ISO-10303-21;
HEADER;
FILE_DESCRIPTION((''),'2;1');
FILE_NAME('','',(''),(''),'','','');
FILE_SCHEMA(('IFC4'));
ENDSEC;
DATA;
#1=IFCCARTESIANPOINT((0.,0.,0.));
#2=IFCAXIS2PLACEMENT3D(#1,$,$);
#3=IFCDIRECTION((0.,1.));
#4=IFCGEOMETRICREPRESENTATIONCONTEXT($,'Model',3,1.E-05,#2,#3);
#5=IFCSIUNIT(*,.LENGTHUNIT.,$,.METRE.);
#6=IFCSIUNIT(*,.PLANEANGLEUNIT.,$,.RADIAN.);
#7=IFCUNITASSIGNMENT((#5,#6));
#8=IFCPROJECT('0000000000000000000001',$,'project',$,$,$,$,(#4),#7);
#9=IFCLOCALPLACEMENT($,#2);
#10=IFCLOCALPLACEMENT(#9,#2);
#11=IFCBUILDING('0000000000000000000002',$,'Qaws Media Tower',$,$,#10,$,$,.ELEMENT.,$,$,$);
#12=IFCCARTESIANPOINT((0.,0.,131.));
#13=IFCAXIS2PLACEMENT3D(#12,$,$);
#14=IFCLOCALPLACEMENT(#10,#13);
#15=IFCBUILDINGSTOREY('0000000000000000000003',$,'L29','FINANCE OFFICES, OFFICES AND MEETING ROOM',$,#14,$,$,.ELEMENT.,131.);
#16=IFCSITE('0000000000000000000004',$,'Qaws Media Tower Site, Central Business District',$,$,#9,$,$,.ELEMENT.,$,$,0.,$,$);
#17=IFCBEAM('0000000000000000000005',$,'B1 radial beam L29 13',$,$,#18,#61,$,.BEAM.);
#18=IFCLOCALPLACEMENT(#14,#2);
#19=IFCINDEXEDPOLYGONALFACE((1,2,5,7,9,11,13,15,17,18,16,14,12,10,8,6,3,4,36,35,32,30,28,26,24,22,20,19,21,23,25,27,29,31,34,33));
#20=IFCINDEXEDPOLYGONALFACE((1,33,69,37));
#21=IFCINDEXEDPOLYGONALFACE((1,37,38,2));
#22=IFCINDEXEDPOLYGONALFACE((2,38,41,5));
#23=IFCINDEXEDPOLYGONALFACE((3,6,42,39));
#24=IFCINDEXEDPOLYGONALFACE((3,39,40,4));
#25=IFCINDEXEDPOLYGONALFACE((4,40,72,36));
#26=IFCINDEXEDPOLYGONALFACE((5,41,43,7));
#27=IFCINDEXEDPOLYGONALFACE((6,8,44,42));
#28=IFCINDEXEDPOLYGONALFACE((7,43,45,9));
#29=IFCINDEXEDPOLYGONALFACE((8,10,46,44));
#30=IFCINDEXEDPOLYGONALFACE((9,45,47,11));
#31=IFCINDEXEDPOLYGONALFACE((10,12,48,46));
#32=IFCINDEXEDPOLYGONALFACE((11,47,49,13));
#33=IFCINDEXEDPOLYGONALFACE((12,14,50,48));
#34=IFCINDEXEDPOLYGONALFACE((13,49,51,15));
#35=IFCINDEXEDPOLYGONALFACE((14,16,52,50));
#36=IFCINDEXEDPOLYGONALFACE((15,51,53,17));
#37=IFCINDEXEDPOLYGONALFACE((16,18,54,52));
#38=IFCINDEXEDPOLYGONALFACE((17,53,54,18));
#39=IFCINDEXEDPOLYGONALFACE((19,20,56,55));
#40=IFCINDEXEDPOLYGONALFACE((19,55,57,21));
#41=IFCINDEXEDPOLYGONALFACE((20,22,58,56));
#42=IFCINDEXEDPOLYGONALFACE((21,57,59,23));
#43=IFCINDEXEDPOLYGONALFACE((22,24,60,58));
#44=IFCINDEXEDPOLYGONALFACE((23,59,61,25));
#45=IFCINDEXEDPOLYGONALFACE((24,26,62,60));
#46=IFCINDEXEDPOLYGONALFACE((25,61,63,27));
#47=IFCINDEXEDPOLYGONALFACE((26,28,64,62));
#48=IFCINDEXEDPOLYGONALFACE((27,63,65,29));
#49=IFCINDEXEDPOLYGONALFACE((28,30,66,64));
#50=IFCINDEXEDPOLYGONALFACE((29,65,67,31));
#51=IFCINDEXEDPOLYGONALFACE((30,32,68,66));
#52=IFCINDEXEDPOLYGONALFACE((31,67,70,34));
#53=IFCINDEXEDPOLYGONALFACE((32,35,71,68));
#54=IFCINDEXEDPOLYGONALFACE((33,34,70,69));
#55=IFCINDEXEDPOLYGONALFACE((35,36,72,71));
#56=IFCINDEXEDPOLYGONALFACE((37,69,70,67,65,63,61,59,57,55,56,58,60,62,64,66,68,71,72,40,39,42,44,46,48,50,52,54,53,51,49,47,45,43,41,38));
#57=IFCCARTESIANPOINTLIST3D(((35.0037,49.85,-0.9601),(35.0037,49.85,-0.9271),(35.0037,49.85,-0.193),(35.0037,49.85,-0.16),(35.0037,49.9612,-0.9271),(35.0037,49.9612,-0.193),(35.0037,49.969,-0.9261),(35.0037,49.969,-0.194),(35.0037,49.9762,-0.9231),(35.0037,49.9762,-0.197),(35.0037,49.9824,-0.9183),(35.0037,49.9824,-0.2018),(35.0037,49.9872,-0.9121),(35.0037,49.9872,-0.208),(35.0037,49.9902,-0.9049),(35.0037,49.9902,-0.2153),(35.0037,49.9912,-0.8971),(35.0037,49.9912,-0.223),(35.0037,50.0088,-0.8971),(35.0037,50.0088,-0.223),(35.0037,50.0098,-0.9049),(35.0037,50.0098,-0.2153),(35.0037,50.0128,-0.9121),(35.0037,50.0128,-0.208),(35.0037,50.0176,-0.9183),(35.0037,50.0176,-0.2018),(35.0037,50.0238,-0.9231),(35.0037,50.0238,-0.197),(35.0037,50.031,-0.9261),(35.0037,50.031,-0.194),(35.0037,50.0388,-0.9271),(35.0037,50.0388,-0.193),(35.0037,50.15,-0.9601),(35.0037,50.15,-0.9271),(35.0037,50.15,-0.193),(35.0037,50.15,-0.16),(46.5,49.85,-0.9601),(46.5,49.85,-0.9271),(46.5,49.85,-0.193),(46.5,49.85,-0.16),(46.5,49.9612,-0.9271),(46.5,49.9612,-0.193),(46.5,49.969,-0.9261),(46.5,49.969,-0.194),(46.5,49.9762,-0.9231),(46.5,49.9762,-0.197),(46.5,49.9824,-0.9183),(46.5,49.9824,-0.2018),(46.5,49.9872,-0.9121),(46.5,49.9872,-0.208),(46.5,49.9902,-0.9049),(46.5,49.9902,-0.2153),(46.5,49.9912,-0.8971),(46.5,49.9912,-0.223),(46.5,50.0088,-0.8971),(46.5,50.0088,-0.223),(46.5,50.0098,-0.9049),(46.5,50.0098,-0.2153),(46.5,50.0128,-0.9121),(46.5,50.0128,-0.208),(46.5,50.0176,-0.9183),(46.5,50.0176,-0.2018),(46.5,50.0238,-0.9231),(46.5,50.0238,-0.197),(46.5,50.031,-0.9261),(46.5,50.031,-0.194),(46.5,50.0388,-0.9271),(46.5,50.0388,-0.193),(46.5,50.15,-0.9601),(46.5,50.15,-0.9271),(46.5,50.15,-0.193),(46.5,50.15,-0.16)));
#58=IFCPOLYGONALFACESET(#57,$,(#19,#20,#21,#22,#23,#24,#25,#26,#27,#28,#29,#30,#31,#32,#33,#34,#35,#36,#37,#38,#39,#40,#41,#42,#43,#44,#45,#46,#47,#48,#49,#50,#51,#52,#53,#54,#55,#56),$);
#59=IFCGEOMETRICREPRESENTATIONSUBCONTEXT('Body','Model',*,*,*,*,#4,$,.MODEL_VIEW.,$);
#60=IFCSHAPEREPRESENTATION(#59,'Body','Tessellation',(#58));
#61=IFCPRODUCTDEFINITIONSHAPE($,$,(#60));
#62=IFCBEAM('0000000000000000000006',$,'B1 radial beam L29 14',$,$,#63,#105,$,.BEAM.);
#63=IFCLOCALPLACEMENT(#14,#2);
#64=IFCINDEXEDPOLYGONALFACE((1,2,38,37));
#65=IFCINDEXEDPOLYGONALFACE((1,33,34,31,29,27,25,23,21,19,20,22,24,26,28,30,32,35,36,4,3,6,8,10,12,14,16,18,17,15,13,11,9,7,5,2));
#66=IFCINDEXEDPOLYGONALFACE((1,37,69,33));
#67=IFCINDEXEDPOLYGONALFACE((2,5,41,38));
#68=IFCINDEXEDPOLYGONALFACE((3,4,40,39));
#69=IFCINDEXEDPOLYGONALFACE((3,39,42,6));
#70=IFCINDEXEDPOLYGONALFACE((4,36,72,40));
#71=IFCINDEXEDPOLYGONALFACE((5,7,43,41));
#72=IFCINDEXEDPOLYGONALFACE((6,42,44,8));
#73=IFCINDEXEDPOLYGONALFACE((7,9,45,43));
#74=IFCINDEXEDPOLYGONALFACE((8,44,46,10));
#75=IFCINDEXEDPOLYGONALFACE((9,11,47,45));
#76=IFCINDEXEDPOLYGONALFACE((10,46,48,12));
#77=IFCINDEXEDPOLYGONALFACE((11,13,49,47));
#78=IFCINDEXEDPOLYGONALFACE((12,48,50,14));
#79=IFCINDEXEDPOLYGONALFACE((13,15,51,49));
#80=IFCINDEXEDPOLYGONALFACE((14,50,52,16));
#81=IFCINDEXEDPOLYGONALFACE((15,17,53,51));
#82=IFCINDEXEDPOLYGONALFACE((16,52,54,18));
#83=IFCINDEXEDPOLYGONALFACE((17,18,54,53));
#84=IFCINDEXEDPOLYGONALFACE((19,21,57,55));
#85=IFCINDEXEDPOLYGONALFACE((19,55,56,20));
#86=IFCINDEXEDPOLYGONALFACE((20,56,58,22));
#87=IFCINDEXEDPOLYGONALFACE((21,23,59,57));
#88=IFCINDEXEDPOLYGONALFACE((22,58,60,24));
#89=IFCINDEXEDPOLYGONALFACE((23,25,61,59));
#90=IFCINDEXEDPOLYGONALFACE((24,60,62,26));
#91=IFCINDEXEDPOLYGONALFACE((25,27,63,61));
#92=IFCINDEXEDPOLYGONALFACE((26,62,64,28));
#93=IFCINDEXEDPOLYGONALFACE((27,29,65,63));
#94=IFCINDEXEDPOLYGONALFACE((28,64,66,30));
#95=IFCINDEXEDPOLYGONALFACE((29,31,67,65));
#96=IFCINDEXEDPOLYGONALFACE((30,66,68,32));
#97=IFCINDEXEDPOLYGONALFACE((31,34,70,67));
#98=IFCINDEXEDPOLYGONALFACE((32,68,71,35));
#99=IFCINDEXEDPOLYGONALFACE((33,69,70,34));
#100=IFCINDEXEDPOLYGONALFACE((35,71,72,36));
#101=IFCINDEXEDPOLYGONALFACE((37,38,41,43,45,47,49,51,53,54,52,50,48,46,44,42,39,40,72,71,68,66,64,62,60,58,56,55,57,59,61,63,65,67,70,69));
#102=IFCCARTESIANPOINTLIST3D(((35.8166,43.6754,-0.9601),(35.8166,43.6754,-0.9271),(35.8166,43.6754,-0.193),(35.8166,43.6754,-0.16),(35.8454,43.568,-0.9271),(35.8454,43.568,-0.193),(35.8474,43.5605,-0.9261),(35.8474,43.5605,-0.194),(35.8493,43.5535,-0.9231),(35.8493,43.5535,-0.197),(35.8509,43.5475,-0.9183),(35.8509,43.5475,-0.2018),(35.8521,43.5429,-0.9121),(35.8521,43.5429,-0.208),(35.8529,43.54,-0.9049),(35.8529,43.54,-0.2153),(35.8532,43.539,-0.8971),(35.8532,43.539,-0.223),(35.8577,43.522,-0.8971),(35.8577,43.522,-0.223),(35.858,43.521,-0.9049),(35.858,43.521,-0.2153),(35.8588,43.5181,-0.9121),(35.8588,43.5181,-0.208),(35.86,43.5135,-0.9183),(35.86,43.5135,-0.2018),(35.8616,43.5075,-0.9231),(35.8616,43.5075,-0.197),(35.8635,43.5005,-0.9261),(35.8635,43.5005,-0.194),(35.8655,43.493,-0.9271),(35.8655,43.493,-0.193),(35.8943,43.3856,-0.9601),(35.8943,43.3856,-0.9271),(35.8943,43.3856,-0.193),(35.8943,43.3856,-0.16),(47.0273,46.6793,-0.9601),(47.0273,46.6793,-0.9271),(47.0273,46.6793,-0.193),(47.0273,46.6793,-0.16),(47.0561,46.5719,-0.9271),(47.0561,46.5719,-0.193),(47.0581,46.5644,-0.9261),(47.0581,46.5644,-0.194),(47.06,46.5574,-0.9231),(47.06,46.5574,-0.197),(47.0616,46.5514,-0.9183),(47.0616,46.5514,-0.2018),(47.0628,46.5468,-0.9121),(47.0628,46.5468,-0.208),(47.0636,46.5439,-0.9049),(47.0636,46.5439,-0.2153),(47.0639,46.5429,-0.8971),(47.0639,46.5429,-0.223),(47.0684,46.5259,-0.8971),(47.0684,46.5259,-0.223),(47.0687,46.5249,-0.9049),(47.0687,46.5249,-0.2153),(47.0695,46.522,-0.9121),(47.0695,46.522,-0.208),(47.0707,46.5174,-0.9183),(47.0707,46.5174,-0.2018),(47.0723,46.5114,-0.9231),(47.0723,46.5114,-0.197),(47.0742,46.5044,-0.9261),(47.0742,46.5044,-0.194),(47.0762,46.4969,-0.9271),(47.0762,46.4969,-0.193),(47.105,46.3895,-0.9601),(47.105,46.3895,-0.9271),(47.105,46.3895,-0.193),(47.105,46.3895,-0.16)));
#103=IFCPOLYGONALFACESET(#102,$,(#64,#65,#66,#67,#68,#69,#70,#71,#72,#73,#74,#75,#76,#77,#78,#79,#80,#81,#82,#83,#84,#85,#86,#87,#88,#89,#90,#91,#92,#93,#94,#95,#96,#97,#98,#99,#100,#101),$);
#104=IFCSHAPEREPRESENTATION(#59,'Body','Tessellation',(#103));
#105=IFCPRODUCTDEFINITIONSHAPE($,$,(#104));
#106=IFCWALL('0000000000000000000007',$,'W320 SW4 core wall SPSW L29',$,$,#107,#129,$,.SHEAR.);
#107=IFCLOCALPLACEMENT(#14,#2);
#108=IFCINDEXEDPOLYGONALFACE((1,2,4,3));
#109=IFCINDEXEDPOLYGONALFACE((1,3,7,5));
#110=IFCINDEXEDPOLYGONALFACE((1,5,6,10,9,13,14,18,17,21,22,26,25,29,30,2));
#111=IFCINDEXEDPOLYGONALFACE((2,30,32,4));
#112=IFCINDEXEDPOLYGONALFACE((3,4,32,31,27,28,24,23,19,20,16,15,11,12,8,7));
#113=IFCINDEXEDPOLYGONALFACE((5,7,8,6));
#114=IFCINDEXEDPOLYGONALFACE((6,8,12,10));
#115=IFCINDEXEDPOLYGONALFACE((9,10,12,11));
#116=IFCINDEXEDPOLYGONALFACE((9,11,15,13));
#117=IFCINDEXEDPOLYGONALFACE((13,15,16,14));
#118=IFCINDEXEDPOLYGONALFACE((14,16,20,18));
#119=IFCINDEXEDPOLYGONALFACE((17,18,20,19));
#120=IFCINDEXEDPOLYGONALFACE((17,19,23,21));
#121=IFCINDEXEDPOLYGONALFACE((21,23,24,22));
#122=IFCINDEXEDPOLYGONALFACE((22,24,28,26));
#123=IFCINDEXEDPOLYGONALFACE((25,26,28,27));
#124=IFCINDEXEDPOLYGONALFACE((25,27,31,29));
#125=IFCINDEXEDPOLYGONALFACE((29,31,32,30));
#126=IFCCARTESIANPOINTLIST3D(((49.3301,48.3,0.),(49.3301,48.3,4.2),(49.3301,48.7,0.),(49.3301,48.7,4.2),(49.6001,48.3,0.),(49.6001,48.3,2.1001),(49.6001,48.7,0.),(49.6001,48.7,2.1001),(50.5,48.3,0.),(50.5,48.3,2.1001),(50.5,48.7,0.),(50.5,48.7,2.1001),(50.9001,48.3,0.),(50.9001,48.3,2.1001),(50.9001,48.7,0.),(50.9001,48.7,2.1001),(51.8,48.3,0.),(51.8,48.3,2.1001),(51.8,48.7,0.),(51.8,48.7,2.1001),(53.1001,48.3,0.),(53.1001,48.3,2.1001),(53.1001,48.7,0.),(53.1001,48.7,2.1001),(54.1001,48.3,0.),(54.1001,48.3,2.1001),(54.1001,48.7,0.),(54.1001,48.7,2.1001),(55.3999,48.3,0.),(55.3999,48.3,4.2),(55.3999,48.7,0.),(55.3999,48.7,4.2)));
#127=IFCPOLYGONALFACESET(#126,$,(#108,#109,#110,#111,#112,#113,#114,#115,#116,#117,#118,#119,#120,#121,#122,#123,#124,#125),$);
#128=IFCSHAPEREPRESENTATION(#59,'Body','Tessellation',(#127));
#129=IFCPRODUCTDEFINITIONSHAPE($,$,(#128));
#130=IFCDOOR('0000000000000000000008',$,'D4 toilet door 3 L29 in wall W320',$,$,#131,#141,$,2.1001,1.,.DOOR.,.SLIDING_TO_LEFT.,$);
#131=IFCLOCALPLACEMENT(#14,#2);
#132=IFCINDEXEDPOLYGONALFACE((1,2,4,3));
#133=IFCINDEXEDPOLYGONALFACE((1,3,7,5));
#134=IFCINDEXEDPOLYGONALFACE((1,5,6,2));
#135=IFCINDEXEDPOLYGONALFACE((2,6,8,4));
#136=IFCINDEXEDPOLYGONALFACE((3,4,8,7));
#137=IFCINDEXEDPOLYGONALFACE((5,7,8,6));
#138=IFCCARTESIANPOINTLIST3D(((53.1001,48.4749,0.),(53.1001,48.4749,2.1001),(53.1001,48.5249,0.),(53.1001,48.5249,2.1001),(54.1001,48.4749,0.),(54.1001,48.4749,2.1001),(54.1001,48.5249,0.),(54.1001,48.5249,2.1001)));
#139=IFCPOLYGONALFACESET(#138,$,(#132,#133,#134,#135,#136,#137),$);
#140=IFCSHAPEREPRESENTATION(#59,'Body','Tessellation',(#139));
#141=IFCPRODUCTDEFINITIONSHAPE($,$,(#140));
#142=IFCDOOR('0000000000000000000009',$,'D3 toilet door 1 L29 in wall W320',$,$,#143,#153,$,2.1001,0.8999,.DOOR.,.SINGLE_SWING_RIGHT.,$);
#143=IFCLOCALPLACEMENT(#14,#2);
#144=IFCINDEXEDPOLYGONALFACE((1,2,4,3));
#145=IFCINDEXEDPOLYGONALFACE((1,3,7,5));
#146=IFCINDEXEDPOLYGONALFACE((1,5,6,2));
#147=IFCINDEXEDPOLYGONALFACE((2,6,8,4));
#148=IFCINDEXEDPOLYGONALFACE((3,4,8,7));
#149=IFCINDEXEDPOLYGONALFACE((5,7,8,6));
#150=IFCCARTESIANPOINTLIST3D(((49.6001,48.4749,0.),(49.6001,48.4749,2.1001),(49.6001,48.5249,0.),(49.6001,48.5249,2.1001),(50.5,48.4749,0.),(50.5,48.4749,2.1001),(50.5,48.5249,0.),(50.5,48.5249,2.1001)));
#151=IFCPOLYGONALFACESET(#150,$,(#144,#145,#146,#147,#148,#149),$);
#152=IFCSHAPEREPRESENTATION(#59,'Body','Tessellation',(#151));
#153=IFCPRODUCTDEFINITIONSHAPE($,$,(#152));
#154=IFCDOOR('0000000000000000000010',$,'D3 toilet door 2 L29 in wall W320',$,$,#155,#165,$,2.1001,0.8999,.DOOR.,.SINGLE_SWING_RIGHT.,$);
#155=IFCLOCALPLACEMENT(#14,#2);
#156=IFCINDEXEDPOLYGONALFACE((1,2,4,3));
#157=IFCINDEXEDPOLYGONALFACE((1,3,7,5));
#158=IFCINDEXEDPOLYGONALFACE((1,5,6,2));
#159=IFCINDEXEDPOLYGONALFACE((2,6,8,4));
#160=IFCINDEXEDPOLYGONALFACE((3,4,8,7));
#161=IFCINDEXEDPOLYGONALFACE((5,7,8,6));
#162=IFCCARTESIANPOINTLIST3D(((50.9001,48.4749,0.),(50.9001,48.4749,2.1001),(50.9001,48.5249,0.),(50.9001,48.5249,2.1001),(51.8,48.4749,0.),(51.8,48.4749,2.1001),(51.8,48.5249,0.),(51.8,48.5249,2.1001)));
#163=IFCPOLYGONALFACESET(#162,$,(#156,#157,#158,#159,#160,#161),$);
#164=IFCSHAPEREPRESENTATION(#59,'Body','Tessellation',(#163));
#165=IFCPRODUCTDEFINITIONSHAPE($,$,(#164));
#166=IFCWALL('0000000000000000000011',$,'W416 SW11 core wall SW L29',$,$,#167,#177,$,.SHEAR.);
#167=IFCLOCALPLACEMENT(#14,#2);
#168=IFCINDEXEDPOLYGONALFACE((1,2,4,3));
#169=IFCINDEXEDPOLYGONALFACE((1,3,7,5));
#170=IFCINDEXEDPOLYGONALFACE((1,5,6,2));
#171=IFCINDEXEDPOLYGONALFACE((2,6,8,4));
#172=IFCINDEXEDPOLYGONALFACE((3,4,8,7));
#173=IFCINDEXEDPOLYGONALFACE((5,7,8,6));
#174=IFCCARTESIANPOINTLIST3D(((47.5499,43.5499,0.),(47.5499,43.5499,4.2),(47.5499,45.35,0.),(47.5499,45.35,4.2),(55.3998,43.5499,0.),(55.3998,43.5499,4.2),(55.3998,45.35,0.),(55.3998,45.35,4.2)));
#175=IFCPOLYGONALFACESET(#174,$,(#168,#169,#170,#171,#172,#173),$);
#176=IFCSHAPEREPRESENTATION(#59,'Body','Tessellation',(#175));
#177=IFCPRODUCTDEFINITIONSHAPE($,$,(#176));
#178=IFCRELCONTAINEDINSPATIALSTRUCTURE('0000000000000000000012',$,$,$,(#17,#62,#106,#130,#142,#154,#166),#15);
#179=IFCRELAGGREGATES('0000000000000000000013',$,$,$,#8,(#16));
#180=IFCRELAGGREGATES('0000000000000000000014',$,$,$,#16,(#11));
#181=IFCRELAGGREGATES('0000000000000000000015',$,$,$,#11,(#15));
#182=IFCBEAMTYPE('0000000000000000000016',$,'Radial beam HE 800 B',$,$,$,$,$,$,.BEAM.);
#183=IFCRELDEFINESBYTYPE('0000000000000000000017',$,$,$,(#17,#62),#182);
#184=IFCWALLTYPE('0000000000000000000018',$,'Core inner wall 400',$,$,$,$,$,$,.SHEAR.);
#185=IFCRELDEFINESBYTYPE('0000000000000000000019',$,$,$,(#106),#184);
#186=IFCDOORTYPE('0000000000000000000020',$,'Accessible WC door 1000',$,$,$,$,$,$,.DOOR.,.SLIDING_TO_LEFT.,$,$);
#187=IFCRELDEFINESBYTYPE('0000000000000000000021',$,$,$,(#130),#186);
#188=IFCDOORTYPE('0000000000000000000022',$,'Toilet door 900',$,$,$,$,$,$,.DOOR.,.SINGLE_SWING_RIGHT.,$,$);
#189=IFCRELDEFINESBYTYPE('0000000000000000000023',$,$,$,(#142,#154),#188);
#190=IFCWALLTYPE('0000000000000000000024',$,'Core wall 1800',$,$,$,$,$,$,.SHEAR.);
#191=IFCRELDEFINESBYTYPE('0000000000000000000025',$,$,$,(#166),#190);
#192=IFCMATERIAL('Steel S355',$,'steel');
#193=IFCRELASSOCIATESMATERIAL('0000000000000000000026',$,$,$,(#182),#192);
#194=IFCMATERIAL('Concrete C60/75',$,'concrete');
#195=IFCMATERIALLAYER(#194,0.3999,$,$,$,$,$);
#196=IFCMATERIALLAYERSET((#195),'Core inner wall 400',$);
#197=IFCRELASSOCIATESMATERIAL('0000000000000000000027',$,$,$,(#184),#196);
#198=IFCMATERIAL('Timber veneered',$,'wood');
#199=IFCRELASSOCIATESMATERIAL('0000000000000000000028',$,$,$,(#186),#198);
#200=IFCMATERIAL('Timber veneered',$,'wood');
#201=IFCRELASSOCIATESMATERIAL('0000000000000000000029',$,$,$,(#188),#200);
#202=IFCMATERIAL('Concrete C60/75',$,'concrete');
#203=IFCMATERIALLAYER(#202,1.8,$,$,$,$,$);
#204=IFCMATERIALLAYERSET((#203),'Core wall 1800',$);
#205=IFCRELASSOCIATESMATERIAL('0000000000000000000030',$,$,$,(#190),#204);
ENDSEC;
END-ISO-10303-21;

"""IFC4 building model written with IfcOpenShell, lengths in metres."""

from ifc_helpers import new_model, si_unit, direction, frame, frame_2d, origin, origin_2d, place, context, subcontext, project, spatial, rectangle, i_section, extrude, material, layer, layer_set, material_profile, profile_set, type_object, element, fill, save


model = new_model("IFC4")

# Units and contexts
model_context = context("Model", 3, precision=1e-05, world=origin(), true_north=direction((0.0, 1.0)))
body_context = subcontext(model_context, "Body", "Model", "MODEL_VIEW")
ifc_project = project(units=[si_unit("LENGTHUNIT", "METRE"), si_unit("PLANEANGLEUNIT", "RADIAN")], contexts=[model_context])

# Site, building, storey
site_placement = place(None, origin())
site = spatial("IfcSite", under=ifc_project, at=site_placement, Name="Qaws Media Tower Site, Central Business District", CompositionType="ELEMENT", RefElevation=0.0)
building_placement = place(site_placement, origin())
building = spatial("IfcBuilding", under=site, at=building_placement, Name="Qaws Media Tower", CompositionType="ELEMENT")
storey_placement = place(building_placement, frame((0.0, 0.0, 131.0)))
storey = spatial("IfcBuildingStorey", under=building, at=storey_placement, Name="L29", Description="FINANCE OFFICES, OFFICES AND MEETING ROOM", CompositionType="ELEMENT", Elevation=131.0)

# Beams
ifc_material_1 = material(Name="Steel S355", Category="steel")
ifc_material_profile_1 = material_profile(ifc_material_1, i_section(OverallWidth=0.3, OverallDepth=0.8, WebThickness=0.0176, FlangeThickness=0.033, FilletRadius=0.03, at=origin_2d()), Name="HE 800 B")
ifc_profile_set_1 = profile_set([ifc_material_profile_1], Name="Steel S355")
beam_type_1 = type_object("IfcBeamType", Name="Radial beam HE 800 B", PredefinedType="BEAM", material=ifc_profile_set_1)
beam_1_placement = place(storey_placement, frame((46.5, 50.0, -0.5601), z_axis=(-1.0, 0.0, 0.0), x_axis=(0.0, -1.0, 0.0)))
element("IfcBeam", 1, at=beam_1_placement, inside=storey, type_object=beam_type_1, Name="B1 radial beam L29 13", PredefinedType="BEAM", context=body_context, shape_type="SweptSolid", body=[
    extrude(i_section(OverallWidth=0.3, OverallDepth=0.8, WebThickness=0.0176, FlangeThickness=0.033, FilletRadius=0.03, at=origin_2d()), origin(), (0.0, 0.0, 1.0), 11.4963),
])
beam_2_placement = place(storey_placement, frame((47.0662, 46.5344, -0.5601), z_axis=(-0.965926, -0.25882, 0.0), x_axis=(0.25882, -0.965926, 0.0)))
element("IfcBeam", 2, at=beam_2_placement, inside=storey, type_object=beam_type_1, Name="B1 radial beam L29 14", PredefinedType="BEAM", context=body_context, shape_type="SweptSolid", body=[
    extrude(i_section(OverallWidth=0.3, OverallDepth=0.8, WebThickness=0.0176, FlangeThickness=0.033, FilletRadius=0.03, at=origin_2d()), origin(), (0.0, 0.0, 1.0), 11.6062),
])

# Wall, openings, doors
ifc_material_2 = material(Name="Concrete C60/75", Category="concrete")
ifc_layer_1 = layer(ifc_material_2, 0.3999)
ifc_layer_set_1 = layer_set([ifc_layer_1], Name="Core inner wall 400")
wall_type_1 = type_object("IfcWallType", Name="Core inner wall 400", PredefinedType="SHEAR", material=ifc_layer_set_1)
wall_1_placement = place(storey_placement, frame((49.3301, 48.5, 0.0), z_axis=(0.0, 0.0, 1.0), x_axis=(1.0, 0.0, 0.0)))
wall_1 = element("IfcWall", 3, at=wall_1_placement, inside=storey, type_object=wall_type_1, Name="W320 SW4 core wall SPSW L29", PredefinedType="SHEAR", context=body_context, shape_type="SweptSolid", body=[
    extrude(rectangle(XDim=6.0698, YDim=0.3999, at=frame_2d((3.0349, 0.0))), origin(), (0.0, 0.0, 1.0), 4.2),
])
opening_1_placement = place(wall_1_placement, frame((0.27, 0.0, 0.0)))
opening_1 = element("IfcOpeningElement", 4, at=opening_1_placement, cuts=wall_1, PredefinedType="OPENING", context=body_context, shape_type="SweptSolid", body=[
    extrude(rectangle(XDim=0.8999, YDim=2.1001, at=frame_2d((0.45, 1.05))), frame((0.0, 0.21, 0.0), z_axis=(0.0, -1.0, 0.0), x_axis=(1.0, 0.0, 0.0)), (0.0, 0.0, 1.0), 0.4199),
])
opening_2_placement = place(wall_1_placement, frame((1.5701, 0.0, 0.0)))
opening_2 = element("IfcOpeningElement", 5, at=opening_2_placement, cuts=wall_1, PredefinedType="OPENING", context=body_context, shape_type="SweptSolid", body=[
    extrude(rectangle(XDim=0.8999, YDim=2.1001, at=frame_2d((0.45, 1.05))), frame((0.0, 0.21, 0.0), z_axis=(0.0, -1.0, 0.0), x_axis=(1.0, 0.0, 0.0)), (0.0, 0.0, 1.0), 0.4199),
])
opening_3_placement = place(wall_1_placement, frame((3.77, 0.0, 0.0)))
opening_3 = element("IfcOpeningElement", 6, at=opening_3_placement, cuts=wall_1, PredefinedType="OPENING", context=body_context, shape_type="SweptSolid", body=[
    extrude(rectangle(XDim=1.0, YDim=2.1001, at=frame_2d((0.5, 1.05))), frame((0.0, 0.21, 0.0), z_axis=(0.0, -1.0, 0.0), x_axis=(1.0, 0.0, 0.0)), (0.0, 0.0, 1.0), 0.4199),
])
ifc_material_3 = material(Name="Timber veneered", Category="wood")
door_type_1 = type_object("IfcDoorType", Name="Accessible WC door 1000", OperationType="SLIDING_TO_LEFT", PredefinedType="DOOR", material=ifc_material_3)
door_1_placement = place(opening_3_placement, origin())
door_1 = element("IfcDoor", 7, at=door_1_placement, inside=storey, type_object=door_type_1, Name="D4 toilet door 3 L29 in wall W320", OperationType="SLIDING_TO_LEFT", OverallHeight=2.1001, OverallWidth=1.0, PredefinedType="DOOR", context=body_context, shape_type="SweptSolid", body=[
    extrude(rectangle(XDim=1.0, YDim=2.1001, at=frame_2d((0.5, 1.05))), frame((0.0, 0.0249, 0.0), z_axis=(0.0, -1.0, 0.0), x_axis=(1.0, 0.0, 0.0)), (0.0, 0.0, 1.0), 0.05),
])
fill(opening_3, door_1)
ifc_material_4 = material(Name="Timber veneered", Category="wood")
door_type_2 = type_object("IfcDoorType", Name="Toilet door 900", OperationType="SINGLE_SWING_RIGHT", PredefinedType="DOOR", material=ifc_material_4)
door_2_placement = place(opening_1_placement, origin())
door_2 = element("IfcDoor", 8, at=door_2_placement, inside=storey, type_object=door_type_2, Name="D3 toilet door 1 L29 in wall W320", OperationType="SINGLE_SWING_RIGHT", OverallHeight=2.1001, OverallWidth=0.8999, PredefinedType="DOOR", context=body_context, shape_type="SweptSolid", body=[
    extrude(rectangle(XDim=0.8999, YDim=2.1001, at=frame_2d((0.45, 1.05))), frame((0.0, 0.0249, 0.0), z_axis=(0.0, -1.0, 0.0), x_axis=(1.0, 0.0, 0.0)), (0.0, 0.0, 1.0), 0.05),
])
fill(opening_1, door_2)
door_3_placement = place(opening_2_placement, origin())
door_3 = element("IfcDoor", 9, at=door_3_placement, inside=storey, type_object=door_type_2, Name="D3 toilet door 2 L29 in wall W320", OperationType="SINGLE_SWING_RIGHT", OverallHeight=2.1001, OverallWidth=0.8999, PredefinedType="DOOR", context=body_context, shape_type="SweptSolid", body=[
    extrude(rectangle(XDim=0.8999, YDim=2.1001, at=frame_2d((0.45, 1.05))), frame((0.0, 0.0249, 0.0), z_axis=(0.0, -1.0, 0.0), x_axis=(1.0, 0.0, 0.0)), (0.0, 0.0, 1.0), 0.05),
])
fill(opening_2, door_3)

# Wall
ifc_material_5 = material(Name="Concrete C60/75", Category="concrete")
ifc_layer_2 = layer(ifc_material_5, 1.8)
ifc_layer_set_2 = layer_set([ifc_layer_2], Name="Core wall 1800")
wall_type_2 = type_object("IfcWallType", Name="Core wall 1800", PredefinedType="SHEAR", material=ifc_layer_set_2)
wall_2_placement = place(storey_placement, frame((47.55, 44.45, 0.0), z_axis=(0.0, 0.0, 1.0), x_axis=(1.0, 0.0, 0.0)))
element("IfcWall", 10, at=wall_2_placement, inside=storey, type_object=wall_type_2, Name="W416 SW11 core wall SW L29", PredefinedType="SHEAR", context=body_context, shape_type="SweptSolid", body=[
    extrude(rectangle(XDim=7.8499, YDim=1.8, at=frame_2d((3.9248, 0.0))), origin(), (0.0, 0.0, 1.0), 4.2),
])

save(model, "model.ifc")
